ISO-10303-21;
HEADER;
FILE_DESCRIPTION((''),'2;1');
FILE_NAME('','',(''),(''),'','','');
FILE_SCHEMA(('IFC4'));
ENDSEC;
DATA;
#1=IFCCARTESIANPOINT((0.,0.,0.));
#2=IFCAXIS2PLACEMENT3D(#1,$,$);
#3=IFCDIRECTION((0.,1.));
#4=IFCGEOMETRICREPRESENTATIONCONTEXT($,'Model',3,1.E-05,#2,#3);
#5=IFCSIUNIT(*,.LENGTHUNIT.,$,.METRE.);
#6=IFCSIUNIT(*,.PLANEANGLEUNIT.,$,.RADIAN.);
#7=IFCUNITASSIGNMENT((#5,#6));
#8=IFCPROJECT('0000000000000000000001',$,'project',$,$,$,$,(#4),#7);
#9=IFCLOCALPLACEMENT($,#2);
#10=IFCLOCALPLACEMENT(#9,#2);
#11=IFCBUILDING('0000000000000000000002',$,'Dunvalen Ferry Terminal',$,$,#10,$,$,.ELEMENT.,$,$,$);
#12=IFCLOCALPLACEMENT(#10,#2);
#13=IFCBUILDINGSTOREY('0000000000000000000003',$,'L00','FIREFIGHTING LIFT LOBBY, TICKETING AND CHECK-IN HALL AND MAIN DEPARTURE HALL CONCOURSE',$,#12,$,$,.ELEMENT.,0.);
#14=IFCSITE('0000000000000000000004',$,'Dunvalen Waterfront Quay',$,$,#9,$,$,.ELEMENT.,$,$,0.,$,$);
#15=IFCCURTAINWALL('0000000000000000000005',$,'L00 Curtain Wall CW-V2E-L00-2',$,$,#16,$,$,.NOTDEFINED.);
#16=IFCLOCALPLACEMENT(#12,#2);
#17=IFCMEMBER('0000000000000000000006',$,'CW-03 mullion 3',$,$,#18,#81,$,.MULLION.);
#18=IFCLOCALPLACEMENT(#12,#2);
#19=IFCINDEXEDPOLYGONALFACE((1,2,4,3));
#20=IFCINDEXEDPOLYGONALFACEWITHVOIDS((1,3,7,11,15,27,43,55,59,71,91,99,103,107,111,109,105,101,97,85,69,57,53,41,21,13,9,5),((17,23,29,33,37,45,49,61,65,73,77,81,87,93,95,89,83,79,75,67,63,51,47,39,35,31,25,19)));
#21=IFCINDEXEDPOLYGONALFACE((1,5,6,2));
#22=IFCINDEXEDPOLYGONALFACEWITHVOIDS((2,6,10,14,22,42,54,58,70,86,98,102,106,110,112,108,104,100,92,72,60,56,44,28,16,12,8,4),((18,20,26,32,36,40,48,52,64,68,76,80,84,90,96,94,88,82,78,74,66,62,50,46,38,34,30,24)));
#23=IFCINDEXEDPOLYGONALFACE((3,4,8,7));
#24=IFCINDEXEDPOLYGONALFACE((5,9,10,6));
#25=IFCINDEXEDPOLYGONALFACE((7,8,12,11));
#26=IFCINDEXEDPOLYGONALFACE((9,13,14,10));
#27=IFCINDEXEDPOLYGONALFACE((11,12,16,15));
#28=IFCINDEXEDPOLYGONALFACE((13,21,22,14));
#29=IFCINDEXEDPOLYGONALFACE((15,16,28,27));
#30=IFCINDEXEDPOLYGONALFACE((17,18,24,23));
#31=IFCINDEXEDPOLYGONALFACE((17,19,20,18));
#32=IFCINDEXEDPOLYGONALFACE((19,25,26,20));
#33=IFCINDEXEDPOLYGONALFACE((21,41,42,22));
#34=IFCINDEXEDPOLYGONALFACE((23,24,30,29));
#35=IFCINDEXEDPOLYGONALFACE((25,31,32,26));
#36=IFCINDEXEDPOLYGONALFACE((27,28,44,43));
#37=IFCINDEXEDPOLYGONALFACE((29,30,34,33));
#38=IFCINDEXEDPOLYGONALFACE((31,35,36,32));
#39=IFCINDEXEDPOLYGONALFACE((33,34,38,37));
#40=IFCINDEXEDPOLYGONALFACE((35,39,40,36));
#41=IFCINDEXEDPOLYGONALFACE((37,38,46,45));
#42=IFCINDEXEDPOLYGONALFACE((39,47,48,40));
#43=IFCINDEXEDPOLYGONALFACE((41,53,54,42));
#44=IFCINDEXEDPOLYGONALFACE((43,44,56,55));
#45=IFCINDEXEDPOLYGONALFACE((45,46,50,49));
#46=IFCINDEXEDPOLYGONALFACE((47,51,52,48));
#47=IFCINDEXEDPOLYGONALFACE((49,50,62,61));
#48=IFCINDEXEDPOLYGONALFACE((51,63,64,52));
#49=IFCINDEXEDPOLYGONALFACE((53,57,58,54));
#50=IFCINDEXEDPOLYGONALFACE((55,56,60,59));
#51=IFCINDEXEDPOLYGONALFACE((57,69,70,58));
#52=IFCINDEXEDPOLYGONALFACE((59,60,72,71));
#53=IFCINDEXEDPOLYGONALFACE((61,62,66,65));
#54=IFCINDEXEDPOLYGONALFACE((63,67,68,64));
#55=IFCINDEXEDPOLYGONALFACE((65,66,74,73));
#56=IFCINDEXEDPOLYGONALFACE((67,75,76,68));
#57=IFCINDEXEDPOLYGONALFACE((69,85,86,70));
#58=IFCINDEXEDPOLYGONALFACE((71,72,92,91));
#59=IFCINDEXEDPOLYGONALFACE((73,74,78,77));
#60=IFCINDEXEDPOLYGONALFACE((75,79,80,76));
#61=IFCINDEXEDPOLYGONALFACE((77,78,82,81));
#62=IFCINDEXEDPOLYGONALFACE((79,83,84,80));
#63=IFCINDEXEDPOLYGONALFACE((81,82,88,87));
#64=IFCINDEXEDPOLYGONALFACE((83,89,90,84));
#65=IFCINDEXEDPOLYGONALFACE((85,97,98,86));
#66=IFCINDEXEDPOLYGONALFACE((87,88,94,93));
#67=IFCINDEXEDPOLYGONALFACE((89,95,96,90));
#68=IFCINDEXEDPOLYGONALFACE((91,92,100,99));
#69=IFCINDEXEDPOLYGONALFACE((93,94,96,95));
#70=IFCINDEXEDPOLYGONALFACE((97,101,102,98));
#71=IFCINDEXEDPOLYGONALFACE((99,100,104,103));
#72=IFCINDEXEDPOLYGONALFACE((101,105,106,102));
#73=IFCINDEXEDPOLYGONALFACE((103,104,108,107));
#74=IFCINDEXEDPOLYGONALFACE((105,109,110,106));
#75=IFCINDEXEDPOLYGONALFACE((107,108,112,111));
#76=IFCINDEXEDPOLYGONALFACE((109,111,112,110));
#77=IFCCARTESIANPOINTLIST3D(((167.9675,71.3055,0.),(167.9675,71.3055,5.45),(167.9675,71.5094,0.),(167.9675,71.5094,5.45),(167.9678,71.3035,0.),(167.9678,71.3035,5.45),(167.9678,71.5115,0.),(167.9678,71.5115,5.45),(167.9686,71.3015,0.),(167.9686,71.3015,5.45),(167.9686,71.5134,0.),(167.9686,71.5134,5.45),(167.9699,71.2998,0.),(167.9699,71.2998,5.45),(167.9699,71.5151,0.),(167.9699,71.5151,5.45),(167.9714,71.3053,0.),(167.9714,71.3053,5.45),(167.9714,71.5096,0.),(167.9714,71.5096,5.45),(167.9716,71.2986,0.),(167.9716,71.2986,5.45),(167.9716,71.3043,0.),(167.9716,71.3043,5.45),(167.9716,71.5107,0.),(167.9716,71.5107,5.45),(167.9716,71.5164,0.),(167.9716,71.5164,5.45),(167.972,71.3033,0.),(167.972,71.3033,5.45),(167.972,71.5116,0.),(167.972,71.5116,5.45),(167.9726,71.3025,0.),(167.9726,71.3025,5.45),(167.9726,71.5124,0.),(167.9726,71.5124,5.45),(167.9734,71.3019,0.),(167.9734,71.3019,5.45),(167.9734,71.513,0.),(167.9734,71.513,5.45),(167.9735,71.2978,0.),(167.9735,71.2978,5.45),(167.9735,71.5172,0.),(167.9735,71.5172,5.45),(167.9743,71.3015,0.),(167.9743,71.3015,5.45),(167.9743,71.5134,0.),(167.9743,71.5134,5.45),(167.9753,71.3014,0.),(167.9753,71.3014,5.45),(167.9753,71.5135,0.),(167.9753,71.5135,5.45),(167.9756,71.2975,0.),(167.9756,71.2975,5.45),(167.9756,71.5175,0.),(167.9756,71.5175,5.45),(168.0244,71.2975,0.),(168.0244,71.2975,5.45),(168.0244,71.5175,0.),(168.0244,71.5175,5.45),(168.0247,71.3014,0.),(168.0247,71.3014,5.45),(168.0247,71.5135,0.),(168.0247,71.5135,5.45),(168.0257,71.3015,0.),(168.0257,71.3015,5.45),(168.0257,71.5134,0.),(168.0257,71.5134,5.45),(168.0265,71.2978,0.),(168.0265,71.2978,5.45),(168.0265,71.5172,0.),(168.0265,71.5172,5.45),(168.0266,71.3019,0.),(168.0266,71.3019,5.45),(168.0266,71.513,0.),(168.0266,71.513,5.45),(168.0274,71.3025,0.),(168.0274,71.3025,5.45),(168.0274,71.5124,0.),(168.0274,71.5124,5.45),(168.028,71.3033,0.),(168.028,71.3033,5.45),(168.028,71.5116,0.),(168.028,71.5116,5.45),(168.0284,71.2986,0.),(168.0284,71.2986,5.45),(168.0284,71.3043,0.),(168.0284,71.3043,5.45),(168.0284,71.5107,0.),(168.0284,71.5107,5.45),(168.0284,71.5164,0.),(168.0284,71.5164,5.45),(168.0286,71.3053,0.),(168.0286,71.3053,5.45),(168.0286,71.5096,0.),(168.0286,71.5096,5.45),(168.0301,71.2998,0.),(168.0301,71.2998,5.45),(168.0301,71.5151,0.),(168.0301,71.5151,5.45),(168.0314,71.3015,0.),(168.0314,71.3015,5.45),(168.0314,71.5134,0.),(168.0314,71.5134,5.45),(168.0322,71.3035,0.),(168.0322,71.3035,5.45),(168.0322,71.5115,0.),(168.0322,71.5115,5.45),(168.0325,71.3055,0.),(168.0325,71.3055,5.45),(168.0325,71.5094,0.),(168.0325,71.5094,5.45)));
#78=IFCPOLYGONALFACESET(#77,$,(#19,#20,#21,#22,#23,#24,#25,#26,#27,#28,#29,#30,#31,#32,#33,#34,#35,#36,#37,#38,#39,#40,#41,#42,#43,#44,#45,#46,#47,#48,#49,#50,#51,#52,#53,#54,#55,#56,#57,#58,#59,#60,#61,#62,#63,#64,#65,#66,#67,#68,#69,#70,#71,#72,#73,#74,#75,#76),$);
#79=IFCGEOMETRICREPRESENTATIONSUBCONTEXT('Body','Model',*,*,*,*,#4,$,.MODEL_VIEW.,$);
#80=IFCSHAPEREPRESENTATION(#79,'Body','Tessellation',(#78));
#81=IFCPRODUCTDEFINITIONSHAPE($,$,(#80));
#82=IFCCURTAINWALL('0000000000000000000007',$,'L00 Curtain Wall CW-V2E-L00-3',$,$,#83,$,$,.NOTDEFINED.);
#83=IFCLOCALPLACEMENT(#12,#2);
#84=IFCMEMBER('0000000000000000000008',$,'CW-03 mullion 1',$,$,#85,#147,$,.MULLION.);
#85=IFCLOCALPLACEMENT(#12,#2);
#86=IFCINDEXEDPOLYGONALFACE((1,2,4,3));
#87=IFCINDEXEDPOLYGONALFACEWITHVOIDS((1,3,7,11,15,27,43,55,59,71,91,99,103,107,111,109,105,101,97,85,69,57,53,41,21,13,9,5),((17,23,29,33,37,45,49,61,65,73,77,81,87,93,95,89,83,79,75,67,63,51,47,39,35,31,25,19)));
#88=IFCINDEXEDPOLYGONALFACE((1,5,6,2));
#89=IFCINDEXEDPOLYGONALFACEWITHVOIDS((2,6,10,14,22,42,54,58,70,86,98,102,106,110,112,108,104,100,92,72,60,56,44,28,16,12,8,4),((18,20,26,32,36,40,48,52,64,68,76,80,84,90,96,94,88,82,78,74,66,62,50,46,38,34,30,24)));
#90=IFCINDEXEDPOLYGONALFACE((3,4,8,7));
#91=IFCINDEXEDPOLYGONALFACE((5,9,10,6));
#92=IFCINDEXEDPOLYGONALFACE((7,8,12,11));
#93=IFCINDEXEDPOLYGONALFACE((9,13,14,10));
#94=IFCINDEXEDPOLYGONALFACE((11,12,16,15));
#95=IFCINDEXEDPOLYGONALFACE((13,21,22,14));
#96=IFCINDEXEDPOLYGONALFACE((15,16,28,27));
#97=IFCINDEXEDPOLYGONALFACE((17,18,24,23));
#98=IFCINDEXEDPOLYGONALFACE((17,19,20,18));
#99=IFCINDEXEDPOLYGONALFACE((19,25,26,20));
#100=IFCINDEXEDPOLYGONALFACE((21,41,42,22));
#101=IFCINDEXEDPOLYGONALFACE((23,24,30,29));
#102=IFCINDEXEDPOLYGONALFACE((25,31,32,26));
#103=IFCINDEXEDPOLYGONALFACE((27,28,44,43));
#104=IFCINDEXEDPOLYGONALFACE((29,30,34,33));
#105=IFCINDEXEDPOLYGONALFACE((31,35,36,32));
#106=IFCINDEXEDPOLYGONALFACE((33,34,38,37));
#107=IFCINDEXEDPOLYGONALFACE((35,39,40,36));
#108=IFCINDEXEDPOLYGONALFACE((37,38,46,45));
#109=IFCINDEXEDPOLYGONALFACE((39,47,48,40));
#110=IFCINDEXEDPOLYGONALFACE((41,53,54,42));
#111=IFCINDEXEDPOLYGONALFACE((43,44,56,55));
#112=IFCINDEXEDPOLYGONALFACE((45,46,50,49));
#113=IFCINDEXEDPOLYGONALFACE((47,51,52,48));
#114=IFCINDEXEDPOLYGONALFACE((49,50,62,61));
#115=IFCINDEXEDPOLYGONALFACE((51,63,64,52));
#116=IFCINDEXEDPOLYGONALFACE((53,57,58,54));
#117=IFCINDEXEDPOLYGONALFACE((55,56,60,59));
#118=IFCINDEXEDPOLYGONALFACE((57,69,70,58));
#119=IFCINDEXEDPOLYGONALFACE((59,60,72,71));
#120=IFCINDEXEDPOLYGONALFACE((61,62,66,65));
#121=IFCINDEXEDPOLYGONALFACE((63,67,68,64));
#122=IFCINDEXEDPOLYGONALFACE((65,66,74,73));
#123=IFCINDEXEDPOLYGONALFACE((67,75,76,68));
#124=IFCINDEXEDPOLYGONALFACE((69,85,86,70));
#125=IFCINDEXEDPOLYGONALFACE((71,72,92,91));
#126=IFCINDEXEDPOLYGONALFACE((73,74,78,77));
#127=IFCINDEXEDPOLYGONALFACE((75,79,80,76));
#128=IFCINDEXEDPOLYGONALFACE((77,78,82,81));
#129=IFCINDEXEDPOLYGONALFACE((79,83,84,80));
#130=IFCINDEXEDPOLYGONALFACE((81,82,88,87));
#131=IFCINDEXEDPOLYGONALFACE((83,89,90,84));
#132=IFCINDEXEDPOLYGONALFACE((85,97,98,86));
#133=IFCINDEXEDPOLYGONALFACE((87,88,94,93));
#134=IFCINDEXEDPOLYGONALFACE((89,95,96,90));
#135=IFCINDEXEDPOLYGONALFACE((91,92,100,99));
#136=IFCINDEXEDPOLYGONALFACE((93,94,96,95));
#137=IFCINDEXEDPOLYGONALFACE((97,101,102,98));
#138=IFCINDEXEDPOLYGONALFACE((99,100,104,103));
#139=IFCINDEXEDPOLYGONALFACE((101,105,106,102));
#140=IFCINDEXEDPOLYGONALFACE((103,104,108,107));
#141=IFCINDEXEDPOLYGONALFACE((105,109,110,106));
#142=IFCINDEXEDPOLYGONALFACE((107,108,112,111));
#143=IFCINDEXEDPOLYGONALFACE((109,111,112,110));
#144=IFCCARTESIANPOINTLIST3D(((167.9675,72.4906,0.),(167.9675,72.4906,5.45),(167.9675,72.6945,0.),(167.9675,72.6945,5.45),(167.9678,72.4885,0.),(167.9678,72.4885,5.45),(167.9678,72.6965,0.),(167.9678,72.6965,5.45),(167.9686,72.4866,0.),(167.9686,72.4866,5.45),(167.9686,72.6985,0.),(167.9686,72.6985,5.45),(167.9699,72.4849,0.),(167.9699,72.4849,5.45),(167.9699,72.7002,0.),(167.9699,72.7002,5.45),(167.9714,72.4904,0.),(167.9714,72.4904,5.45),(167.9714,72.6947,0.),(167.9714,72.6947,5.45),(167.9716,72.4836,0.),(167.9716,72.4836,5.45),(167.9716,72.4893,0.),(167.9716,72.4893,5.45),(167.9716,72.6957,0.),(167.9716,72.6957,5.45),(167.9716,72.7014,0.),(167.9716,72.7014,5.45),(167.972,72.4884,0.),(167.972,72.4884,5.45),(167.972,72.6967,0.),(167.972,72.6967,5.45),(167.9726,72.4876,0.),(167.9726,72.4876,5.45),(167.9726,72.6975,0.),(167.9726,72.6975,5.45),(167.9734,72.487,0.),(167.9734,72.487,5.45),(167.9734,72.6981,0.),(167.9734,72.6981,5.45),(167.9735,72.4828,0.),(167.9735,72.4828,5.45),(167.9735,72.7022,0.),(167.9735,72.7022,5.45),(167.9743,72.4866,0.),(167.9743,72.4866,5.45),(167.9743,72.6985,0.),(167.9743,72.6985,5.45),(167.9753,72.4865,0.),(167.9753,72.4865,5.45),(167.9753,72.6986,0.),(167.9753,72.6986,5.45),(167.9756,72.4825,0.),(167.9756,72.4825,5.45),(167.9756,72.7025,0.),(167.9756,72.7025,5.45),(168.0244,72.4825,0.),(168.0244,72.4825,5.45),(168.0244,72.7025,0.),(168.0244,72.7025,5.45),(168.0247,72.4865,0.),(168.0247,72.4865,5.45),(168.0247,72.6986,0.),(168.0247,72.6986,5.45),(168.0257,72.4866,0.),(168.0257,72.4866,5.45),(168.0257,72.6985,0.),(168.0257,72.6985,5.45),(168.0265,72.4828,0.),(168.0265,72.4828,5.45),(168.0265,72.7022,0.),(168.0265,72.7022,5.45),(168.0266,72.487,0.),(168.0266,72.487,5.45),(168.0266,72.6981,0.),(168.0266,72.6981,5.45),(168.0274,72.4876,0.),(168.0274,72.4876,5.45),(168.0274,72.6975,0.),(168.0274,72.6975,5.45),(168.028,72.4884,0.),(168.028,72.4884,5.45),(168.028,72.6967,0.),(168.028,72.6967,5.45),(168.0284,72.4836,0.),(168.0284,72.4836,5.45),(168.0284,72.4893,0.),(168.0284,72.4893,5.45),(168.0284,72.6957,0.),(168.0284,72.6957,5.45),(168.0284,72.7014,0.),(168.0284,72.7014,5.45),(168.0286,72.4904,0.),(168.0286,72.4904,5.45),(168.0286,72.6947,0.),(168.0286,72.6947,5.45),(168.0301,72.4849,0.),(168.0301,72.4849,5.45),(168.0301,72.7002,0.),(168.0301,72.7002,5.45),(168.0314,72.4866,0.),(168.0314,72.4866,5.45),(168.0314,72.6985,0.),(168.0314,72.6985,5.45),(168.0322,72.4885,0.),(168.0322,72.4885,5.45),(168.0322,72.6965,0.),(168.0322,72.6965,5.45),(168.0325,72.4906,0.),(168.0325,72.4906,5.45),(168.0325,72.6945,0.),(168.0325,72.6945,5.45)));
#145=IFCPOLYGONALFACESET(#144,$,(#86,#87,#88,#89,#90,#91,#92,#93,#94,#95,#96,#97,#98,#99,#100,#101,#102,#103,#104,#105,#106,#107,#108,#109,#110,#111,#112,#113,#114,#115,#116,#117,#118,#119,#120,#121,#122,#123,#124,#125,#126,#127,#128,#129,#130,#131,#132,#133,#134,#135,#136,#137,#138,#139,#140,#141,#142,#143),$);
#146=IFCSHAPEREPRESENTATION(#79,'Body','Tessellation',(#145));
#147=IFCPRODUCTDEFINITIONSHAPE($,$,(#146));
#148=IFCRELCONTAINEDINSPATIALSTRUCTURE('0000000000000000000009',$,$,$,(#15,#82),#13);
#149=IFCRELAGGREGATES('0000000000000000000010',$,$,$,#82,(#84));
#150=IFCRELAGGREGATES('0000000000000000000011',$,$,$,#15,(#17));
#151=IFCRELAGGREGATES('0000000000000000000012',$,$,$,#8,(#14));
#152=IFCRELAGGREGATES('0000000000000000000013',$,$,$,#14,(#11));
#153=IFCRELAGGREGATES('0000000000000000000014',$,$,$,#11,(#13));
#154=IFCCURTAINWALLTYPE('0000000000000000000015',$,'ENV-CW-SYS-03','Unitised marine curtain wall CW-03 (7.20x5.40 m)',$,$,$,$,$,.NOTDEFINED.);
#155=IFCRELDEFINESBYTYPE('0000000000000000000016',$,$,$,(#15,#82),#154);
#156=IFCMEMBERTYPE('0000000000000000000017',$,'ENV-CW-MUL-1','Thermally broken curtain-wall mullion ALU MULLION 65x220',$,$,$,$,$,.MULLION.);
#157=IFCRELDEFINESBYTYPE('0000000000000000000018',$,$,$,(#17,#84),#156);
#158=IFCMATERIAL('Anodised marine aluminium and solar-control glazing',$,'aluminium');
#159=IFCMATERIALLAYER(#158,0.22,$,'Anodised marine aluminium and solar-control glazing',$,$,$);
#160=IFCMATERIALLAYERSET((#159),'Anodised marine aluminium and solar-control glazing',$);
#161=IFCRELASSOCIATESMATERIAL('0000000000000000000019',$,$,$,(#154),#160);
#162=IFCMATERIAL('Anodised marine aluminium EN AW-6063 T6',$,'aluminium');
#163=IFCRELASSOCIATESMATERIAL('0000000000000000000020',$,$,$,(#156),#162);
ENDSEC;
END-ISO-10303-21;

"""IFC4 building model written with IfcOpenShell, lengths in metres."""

from ifc_helpers import new_model, si_unit, direction, frame, origin, origin_2d, place, context, subcontext, project, spatial, hollow_rectangle, extrude, material, layer, layer_set, material_profile, profile_set, type_object, element, aggregate, save


model = new_model("IFC4")

# Units and contexts
model_context = context("Model", 3, precision=1e-05, world=origin(), true_north=direction((0.0, 1.0)))
body_context = subcontext(model_context, "Body", "Model", "MODEL_VIEW")
ifc_project = project(units=[si_unit("LENGTHUNIT", "METRE"), si_unit("PLANEANGLEUNIT", "RADIAN")], contexts=[model_context])

# Site, building, storey
site_placement = place(None, origin())
site = spatial("IfcSite", under=ifc_project, at=site_placement, Name="Dunvalen Waterfront Quay", CompositionType="ELEMENT", RefElevation=0.0)
building_placement = place(site_placement, origin())
building = spatial("IfcBuilding", under=site, at=building_placement, Name="Dunvalen Ferry Terminal", CompositionType="ELEMENT")
storey_placement = place(building_placement, origin())
storey = spatial("IfcBuildingStorey", under=building, at=storey_placement, Name="L00", Description="FIREFIGHTING LIFT LOBBY, TICKETING AND CHECK-IN HALL AND MAIN DEPARTURE HALL CONCOURSE", CompositionType="ELEMENT", Elevation=0.0)

# Curtain wall, member
ifc_material_1 = material(Name="Anodised marine aluminium and solar-control glazing", Category="aluminium")
ifc_layer_1 = layer(ifc_material_1, 0.22, Name="Anodised marine aluminium and solar-control glazing")
ifc_layer_set_1 = layer_set([ifc_layer_1], Name="Anodised marine aluminium and solar-control glazing")
curtain_wall_type = type_object("IfcCurtainWallType", Name="ENV-CW-SYS-03", Description="Unitised marine curtain wall CW-03 (7.20x5.40 m)", PredefinedType="NOTDEFINED", material=ifc_layer_set_1)
curtain_wall_1_placement = place(storey_placement, origin())
curtain_wall_1 = element("IfcCurtainWall", 1, at=curtain_wall_1_placement, inside=storey, type_object=curtain_wall_type, Name="L00 Curtain Wall CW-V2E-L00-2", PredefinedType="NOTDEFINED")
ifc_material_2 = material(Name="Anodised marine aluminium EN AW-6063 T6", Category="aluminium")
ifc_material_profile_1 = material_profile(ifc_material_2, hollow_rectangle(XDim=0.0649, YDim=0.22, WallThickness=0.0039, InnerFilletRadius=0.0039, OuterFilletRadius=0.0081, at=origin_2d()), Name="Anodised marine aluminium EN AW-6063 T6")
ifc_profile_set_1 = profile_set([ifc_material_profile_1], Name="Anodised marine aluminium EN AW-6063 T6")
member_type_1 = type_object("IfcMemberType", Name="ENV-CW-MUL-1", Description="Thermally broken curtain-wall mullion ALU MULLION 65x220", PredefinedType="MULLION", material=ifc_profile_set_1)
member_1_placement = place(storey_placement, frame((168.0, 71.4075, 0.0), z_axis=(0.0, 0.0, 1.0), x_axis=(-1.0, 0.0, 0.0)))
member_1 = element("IfcMember", 2, at=member_1_placement, type_object=member_type_1, Name="CW-03 mullion 3", PredefinedType="MULLION", context=body_context, shape_type="SweptSolid", body=[
    extrude(hollow_rectangle(XDim=0.0649, YDim=0.22, WallThickness=0.0039, InnerFilletRadius=0.0039, OuterFilletRadius=0.0081, at=origin_2d()), origin(), (0.0, 0.0, 1.0), 5.45),
])

# Curtain wall, member
curtain_wall_2_placement = place(storey_placement, origin())
curtain_wall_2 = element("IfcCurtainWall", 3, at=curtain_wall_2_placement, inside=storey, type_object=curtain_wall_type, Name="L00 Curtain Wall CW-V2E-L00-3", PredefinedType="NOTDEFINED")
member_2_placement = place(storey_placement, frame((168.0, 72.5925, 0.0), z_axis=(0.0, 0.0, 1.0), x_axis=(-1.0, 0.0, 0.0)))
member_2 = element("IfcMember", 4, at=member_2_placement, type_object=member_type_1, Name="CW-03 mullion 1", PredefinedType="MULLION", context=body_context, shape_type="SweptSolid", body=[
    extrude(hollow_rectangle(XDim=0.0649, YDim=0.22, WallThickness=0.0039, InnerFilletRadius=0.0039, OuterFilletRadius=0.0081, at=origin_2d()), origin(), (0.0, 0.0, 1.0), 5.45),
])
aggregate(curtain_wall_2, [member_2])

aggregate(curtain_wall_1, [member_1])

save(model, "model.ifc")
